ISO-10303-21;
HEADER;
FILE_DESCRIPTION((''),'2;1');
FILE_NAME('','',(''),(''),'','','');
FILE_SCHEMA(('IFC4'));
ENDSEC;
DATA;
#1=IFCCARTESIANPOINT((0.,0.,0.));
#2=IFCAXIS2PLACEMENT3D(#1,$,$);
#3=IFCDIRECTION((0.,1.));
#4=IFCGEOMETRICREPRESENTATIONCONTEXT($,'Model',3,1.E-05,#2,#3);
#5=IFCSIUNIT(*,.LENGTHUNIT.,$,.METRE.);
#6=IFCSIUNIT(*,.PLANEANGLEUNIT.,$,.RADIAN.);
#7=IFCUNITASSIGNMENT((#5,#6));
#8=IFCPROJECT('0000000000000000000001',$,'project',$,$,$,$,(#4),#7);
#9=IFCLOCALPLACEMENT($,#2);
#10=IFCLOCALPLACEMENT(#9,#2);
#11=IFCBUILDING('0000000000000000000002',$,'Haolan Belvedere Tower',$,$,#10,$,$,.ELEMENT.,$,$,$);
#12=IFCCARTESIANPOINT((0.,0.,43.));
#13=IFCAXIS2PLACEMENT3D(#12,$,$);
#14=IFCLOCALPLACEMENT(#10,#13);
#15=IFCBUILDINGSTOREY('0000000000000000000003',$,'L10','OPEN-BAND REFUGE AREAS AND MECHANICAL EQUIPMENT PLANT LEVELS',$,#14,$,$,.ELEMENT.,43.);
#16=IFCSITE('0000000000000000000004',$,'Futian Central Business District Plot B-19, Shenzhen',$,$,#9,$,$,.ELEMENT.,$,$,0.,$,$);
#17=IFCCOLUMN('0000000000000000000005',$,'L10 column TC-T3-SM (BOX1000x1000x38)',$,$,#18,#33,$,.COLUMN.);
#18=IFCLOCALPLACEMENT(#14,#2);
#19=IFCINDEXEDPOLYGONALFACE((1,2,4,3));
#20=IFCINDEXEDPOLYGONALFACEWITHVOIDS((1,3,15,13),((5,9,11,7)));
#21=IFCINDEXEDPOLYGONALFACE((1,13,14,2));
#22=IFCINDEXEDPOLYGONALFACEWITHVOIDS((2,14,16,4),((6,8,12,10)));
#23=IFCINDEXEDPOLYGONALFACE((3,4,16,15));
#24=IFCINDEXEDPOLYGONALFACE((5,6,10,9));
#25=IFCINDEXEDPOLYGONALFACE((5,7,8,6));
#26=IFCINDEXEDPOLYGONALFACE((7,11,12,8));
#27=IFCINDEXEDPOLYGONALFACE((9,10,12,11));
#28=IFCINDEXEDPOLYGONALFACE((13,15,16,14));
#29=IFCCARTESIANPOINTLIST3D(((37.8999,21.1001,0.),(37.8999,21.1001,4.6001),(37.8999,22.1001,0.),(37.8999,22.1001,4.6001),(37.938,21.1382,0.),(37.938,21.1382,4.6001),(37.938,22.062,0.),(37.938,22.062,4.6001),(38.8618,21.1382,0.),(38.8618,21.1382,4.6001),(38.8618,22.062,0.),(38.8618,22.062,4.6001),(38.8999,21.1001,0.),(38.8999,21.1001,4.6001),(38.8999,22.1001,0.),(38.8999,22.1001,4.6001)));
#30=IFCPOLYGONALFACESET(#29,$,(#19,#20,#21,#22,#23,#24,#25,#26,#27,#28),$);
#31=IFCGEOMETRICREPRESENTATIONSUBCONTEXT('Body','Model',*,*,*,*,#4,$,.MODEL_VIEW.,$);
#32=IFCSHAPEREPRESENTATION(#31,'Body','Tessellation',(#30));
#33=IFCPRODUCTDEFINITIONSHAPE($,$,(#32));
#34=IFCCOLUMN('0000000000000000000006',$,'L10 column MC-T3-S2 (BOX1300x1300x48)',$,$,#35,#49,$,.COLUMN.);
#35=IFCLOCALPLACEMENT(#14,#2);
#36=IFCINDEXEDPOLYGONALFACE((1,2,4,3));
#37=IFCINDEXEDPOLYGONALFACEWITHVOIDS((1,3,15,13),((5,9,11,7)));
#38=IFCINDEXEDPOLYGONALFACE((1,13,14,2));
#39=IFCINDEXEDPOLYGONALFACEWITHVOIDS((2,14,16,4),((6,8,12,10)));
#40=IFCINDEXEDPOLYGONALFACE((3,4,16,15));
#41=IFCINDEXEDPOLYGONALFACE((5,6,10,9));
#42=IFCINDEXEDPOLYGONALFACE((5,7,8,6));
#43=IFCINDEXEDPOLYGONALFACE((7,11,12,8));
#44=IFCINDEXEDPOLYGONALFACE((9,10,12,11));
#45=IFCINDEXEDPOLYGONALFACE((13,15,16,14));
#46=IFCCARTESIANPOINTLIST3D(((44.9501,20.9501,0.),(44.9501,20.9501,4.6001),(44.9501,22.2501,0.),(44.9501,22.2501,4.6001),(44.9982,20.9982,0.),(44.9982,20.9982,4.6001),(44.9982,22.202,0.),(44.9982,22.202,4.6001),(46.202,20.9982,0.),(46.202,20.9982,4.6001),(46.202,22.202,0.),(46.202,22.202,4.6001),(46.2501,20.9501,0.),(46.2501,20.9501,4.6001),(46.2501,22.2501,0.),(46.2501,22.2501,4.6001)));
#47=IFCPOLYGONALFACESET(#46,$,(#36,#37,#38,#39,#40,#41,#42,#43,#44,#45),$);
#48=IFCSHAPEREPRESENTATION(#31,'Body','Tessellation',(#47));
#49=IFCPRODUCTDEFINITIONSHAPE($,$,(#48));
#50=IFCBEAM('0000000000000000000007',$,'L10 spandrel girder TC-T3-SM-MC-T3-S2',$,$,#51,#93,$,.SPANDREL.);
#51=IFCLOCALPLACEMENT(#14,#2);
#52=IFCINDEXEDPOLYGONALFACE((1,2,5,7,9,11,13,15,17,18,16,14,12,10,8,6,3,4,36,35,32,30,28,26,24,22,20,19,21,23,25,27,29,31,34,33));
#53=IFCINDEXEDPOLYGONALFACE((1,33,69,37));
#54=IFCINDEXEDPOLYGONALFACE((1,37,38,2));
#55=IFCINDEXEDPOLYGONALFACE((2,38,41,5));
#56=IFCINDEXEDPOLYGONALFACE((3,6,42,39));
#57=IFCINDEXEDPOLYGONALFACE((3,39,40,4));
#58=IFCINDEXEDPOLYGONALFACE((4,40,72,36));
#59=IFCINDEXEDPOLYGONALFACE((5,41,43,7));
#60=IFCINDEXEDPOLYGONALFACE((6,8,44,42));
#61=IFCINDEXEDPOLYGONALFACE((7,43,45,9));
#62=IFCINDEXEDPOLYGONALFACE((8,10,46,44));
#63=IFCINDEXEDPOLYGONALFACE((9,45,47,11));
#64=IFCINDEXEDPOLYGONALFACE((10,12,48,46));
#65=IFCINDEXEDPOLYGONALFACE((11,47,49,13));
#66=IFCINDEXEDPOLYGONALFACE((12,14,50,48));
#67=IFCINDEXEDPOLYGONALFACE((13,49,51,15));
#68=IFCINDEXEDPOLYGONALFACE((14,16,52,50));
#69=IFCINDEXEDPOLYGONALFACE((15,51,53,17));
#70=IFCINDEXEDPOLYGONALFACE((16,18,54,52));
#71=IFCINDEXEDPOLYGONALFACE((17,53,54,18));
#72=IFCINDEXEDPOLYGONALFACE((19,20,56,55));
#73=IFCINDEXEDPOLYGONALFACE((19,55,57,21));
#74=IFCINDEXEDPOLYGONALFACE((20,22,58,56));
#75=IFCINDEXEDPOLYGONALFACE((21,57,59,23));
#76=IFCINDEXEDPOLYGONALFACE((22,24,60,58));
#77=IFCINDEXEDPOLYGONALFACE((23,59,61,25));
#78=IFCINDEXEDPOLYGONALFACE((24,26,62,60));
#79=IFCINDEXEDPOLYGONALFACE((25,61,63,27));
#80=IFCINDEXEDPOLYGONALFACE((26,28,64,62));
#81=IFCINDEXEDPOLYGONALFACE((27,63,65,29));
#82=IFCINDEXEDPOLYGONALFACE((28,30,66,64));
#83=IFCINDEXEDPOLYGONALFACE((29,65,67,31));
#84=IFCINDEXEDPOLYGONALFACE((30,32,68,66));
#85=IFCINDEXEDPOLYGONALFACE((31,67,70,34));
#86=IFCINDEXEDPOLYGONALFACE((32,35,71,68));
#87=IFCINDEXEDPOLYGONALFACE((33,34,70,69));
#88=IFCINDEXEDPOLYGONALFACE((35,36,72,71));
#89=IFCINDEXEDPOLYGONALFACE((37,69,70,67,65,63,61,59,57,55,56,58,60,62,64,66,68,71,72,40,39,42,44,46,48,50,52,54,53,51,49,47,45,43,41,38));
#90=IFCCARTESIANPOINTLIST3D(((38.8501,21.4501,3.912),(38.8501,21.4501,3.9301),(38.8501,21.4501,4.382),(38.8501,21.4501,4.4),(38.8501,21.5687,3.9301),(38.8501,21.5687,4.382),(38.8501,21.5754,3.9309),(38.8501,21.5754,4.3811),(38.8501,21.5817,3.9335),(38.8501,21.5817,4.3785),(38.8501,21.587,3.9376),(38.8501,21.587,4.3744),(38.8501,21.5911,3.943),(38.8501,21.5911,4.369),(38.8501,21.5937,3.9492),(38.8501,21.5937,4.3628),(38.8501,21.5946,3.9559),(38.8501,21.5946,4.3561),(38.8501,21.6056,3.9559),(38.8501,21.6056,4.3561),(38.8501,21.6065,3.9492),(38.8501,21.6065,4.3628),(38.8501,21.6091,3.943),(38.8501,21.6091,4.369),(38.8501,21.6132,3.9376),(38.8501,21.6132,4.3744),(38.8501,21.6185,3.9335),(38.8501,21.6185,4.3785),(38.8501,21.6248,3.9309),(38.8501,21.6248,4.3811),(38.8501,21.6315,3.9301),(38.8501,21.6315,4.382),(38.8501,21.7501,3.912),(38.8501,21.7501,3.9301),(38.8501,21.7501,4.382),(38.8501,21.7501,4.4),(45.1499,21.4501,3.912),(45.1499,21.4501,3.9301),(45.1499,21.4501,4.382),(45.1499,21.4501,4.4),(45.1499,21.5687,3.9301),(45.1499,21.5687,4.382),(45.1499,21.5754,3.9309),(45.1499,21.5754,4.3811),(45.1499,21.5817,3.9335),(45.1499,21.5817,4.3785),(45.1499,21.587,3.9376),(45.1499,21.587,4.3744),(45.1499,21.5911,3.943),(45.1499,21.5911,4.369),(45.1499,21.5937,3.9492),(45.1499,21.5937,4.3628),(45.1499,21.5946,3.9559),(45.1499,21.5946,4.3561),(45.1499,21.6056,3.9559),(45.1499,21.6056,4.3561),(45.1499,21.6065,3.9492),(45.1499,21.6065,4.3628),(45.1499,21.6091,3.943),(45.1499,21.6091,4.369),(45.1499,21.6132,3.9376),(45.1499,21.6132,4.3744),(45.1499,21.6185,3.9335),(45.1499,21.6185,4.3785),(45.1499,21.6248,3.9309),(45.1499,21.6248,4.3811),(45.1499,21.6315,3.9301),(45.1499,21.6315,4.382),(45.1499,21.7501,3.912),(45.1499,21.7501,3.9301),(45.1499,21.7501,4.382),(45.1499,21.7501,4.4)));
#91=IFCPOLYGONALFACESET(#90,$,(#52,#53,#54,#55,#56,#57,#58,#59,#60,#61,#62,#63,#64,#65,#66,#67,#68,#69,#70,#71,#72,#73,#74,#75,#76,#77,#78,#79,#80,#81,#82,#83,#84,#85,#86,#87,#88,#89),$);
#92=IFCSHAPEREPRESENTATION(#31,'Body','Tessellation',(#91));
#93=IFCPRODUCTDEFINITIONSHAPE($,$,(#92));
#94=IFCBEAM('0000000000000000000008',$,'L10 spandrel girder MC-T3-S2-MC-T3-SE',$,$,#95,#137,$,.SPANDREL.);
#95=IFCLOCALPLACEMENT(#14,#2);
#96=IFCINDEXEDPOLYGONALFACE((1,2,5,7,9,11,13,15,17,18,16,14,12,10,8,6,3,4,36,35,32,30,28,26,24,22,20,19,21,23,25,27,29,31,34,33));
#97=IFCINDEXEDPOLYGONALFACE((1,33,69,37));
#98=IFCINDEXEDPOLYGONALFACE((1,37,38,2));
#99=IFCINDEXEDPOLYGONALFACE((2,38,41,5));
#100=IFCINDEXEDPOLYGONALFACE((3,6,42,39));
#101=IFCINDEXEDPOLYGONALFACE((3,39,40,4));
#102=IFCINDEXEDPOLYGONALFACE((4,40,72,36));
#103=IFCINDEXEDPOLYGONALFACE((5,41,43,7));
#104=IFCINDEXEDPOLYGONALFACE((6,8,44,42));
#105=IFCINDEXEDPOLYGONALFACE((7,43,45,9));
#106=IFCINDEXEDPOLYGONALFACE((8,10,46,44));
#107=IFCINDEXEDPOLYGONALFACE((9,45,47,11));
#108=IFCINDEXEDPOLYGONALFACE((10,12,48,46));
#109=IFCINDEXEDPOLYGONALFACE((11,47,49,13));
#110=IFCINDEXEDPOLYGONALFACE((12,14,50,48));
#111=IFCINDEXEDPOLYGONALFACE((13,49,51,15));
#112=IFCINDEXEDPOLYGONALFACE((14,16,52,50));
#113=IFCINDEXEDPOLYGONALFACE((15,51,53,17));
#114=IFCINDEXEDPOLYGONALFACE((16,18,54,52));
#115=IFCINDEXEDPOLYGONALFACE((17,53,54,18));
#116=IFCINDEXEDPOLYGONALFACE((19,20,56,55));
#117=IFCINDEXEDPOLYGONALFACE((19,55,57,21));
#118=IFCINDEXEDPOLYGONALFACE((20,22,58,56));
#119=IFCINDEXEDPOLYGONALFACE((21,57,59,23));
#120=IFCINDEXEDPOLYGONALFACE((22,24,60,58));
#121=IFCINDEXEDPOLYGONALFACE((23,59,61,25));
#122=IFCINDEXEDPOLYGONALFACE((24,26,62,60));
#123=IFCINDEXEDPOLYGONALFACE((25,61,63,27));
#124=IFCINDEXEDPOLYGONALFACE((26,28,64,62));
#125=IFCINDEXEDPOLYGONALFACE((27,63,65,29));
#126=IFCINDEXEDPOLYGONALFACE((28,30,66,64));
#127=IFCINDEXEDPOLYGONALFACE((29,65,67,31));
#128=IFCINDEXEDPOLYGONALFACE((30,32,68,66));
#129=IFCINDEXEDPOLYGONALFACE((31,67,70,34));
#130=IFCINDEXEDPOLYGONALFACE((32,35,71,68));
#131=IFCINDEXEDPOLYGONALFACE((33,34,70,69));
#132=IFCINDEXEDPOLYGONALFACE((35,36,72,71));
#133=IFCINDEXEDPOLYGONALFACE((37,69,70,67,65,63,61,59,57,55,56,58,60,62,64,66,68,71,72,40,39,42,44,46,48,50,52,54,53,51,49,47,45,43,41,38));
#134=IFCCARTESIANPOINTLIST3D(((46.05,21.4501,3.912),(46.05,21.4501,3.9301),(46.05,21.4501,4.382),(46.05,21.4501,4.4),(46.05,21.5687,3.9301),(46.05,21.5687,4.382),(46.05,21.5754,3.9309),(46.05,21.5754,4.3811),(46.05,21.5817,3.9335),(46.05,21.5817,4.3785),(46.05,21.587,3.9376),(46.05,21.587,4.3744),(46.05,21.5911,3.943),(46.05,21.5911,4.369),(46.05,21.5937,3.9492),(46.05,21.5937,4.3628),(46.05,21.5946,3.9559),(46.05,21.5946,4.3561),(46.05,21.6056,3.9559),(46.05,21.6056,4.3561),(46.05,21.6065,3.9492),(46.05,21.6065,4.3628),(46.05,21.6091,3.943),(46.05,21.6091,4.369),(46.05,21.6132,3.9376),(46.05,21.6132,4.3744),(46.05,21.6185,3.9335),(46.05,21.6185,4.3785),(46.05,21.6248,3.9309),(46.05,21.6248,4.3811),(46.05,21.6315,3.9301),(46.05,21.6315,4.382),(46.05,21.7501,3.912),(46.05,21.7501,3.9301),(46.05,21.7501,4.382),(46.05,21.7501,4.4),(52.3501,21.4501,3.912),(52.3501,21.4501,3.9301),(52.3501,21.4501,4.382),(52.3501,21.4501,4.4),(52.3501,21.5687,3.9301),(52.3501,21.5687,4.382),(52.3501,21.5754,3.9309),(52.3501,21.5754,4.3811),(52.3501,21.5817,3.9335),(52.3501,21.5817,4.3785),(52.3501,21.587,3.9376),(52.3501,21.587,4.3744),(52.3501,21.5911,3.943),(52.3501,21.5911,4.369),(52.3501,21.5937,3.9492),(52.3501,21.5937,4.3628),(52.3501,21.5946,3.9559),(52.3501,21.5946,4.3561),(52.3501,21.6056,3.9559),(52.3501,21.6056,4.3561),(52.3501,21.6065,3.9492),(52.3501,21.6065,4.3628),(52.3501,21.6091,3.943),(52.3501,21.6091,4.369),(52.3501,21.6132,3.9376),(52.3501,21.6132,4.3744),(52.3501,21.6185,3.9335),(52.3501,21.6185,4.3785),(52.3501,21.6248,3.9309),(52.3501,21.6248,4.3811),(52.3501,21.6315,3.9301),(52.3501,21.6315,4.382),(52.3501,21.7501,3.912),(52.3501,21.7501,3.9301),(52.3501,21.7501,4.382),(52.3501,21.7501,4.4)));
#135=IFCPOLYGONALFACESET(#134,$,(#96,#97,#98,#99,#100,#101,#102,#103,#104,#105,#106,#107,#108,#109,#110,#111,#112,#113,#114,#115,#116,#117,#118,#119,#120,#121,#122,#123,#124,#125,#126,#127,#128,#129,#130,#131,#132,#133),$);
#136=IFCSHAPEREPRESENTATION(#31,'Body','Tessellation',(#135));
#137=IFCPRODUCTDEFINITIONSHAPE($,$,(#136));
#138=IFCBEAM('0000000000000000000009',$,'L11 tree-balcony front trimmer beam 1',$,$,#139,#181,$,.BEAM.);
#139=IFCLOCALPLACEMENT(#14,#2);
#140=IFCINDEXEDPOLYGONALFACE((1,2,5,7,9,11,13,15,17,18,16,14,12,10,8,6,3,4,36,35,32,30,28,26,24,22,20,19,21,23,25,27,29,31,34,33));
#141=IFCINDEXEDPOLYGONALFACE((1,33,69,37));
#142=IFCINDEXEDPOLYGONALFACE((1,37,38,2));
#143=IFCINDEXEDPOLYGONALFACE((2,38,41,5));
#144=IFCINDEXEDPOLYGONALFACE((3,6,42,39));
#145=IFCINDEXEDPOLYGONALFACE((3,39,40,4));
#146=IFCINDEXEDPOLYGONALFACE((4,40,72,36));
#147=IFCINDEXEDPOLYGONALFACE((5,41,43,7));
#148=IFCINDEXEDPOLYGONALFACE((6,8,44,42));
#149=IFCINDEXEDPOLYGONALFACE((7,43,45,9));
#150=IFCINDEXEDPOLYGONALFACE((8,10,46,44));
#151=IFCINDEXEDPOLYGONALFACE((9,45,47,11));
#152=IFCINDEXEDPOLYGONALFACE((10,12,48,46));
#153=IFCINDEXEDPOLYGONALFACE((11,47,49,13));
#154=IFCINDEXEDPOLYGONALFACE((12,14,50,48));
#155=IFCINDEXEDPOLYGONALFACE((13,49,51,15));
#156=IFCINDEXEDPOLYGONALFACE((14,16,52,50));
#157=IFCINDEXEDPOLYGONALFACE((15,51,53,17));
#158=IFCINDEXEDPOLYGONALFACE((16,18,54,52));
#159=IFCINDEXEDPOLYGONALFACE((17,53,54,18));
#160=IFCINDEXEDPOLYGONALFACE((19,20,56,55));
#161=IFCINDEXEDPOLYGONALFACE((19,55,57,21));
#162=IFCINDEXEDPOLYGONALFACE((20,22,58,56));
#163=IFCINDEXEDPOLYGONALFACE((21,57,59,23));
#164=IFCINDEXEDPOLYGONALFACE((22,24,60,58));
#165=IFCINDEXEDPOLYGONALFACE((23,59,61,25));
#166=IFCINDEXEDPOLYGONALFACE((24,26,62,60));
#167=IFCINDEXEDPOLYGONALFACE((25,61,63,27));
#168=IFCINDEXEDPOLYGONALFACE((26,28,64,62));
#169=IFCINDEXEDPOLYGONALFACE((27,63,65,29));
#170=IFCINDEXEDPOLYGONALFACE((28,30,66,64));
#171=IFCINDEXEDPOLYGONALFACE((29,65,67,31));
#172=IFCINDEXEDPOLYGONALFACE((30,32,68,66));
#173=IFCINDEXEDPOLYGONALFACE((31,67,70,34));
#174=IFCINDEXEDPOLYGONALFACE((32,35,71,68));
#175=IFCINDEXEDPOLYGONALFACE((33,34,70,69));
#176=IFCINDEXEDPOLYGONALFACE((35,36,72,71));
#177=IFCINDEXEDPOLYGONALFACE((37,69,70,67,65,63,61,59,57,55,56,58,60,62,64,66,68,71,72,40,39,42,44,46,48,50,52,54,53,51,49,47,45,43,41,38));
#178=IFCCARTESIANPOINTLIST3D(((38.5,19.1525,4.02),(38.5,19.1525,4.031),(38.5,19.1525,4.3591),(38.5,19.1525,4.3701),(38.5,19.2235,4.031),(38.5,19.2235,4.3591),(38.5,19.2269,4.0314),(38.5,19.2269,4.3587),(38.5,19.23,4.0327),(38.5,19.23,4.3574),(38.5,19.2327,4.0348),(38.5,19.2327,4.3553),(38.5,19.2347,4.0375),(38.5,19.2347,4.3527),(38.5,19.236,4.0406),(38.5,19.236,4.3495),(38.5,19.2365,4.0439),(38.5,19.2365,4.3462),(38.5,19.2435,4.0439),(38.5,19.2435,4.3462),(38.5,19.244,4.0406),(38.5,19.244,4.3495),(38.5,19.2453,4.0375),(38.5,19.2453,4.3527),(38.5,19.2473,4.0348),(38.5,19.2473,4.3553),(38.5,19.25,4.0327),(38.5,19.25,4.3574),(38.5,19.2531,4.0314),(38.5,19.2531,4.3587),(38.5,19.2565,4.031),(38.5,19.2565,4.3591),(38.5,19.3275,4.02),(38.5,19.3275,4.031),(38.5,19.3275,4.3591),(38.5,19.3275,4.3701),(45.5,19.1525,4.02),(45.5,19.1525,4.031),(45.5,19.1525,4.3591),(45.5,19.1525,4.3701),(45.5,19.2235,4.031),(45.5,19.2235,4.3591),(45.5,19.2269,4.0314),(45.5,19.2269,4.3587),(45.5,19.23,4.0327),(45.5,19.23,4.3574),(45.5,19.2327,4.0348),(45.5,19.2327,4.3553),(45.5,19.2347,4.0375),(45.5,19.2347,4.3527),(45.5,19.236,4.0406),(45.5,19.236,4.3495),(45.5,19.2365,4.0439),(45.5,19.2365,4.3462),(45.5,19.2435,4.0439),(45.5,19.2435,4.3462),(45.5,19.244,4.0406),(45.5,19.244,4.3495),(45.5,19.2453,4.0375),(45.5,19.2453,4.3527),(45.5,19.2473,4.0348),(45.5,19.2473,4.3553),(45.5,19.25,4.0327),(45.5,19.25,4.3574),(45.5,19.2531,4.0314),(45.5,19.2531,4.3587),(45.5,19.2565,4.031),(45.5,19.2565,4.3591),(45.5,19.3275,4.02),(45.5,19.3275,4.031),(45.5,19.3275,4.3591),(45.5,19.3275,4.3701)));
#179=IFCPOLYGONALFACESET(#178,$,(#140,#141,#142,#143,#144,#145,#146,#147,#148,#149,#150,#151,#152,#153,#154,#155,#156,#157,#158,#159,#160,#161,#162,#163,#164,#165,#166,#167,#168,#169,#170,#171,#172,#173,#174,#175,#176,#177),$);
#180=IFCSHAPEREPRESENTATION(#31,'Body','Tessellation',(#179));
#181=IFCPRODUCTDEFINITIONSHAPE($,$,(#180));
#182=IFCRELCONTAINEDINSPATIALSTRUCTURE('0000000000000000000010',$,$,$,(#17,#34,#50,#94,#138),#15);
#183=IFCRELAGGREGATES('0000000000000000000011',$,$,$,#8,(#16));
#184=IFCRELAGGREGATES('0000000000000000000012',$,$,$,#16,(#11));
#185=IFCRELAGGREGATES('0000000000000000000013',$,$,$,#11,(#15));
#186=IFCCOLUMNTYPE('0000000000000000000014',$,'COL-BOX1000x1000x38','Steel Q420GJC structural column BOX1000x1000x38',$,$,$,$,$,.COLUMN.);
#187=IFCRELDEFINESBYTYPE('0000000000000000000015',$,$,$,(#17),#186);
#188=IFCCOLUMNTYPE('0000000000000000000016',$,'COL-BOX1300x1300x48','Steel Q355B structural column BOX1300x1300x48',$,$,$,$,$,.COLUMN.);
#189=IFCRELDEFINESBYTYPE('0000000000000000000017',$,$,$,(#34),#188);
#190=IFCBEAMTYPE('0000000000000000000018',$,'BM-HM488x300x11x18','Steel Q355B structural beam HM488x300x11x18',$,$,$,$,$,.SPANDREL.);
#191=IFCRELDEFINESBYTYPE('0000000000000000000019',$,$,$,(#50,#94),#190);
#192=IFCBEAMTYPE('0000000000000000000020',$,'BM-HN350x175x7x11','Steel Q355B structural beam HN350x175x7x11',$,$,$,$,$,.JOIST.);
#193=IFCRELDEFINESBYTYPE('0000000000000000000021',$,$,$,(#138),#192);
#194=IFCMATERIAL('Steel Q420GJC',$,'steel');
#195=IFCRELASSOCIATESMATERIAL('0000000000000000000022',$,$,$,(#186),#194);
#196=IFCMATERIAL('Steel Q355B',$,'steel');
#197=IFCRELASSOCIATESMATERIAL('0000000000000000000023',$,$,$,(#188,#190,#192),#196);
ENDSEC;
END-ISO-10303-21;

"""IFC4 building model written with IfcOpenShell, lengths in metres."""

from ifc_helpers import new_model, si_unit, direction, frame, origin, origin_2d, place, context, subcontext, project, spatial, hollow_rectangle, i_section, extrude, material, material_profile, profile_set, type_object, element, save


model = new_model("IFC4")

# Units and contexts
model_context = context("Model", 3, precision=1e-05, world=origin(), true_north=direction((0.0, 1.0)))
body_context = subcontext(model_context, "Body", "Model", "MODEL_VIEW")
ifc_project = project(units=[si_unit("LENGTHUNIT", "METRE"), si_unit("PLANEANGLEUNIT", "RADIAN")], contexts=[model_context])

# Site, building, storey
site_placement = place(None, origin())
site = spatial("IfcSite", under=ifc_project, at=site_placement, Name="Futian Central Business District Plot B-19, Shenzhen", CompositionType="ELEMENT", RefElevation=0.0)
building_placement = place(site_placement, origin())
building = spatial("IfcBuilding", under=site, at=building_placement, Name="Haolan Belvedere Tower", CompositionType="ELEMENT")
storey_placement = place(building_placement, frame((0.0, 0.0, 43.0)))
storey = spatial("IfcBuildingStorey", under=building, at=storey_placement, Name="L10", Description="OPEN-BAND REFUGE AREAS AND MECHANICAL EQUIPMENT PLANT LEVELS", CompositionType="ELEMENT", Elevation=43.0)

# Columns
ifc_material_1 = material(Name="Steel Q420GJC", Category="steel")
ifc_material_profile_1 = material_profile(ifc_material_1, hollow_rectangle(XDim=1.0, YDim=1.0, WallThickness=0.0381, at=origin_2d()), Name="Steel Q420GJC")
ifc_profile_set_1 = profile_set([ifc_material_profile_1], Name="Steel Q420GJC")
column_type_1 = type_object("IfcColumnType", Name="COL-BOX1000x1000x38", Description="Steel Q420GJC structural column BOX1000x1000x38", PredefinedType="COLUMN", material=ifc_profile_set_1)
column_1_placement = place(storey_placement, frame((38.3999, 21.6001, 0.0), z_axis=(0.0, 0.0, 1.0), x_axis=(1.0, 0.0, 0.0)))
element("IfcColumn", 1, at=column_1_placement, inside=storey, type_object=column_type_1, Name="L10 column TC-T3-SM (BOX1000x1000x38)", PredefinedType="COLUMN", context=body_context, shape_type="SweptSolid", body=[
    extrude(hollow_rectangle(XDim=1.0, YDim=1.0, WallThickness=0.0381, at=origin_2d()), origin(), (0.0, 0.0, 1.0), 4.6001),
])
ifc_material_2 = material(Name="Steel Q355B", Category="steel")
ifc_material_profile_2 = material_profile(ifc_material_2, hollow_rectangle(XDim=1.3, YDim=1.3, WallThickness=0.0481, at=origin_2d()), Name="Steel Q355B")
ifc_profile_set_2 = profile_set([ifc_material_profile_2], Name="Steel Q355B")
column_type_2 = type_object("IfcColumnType", Name="COL-BOX1300x1300x48", Description="Steel Q355B structural column BOX1300x1300x48", PredefinedType="COLUMN", material=ifc_profile_set_2)
column_2_placement = place(storey_placement, frame((45.6001, 21.6001, 0.0), z_axis=(0.0, 0.0, 1.0), x_axis=(1.0, 0.0, 0.0)))
element("IfcColumn", 2, at=column_2_placement, inside=storey, type_object=column_type_2, Name="L10 column MC-T3-S2 (BOX1300x1300x48)", PredefinedType="COLUMN", context=body_context, shape_type="SweptSolid", body=[
    extrude(hollow_rectangle(XDim=1.3, YDim=1.3, WallThickness=0.0481, at=origin_2d()), origin(), (0.0, 0.0, 1.0), 4.6001),
])

# Beams
ifc_material_profile_3 = material_profile(ifc_material_2, i_section(OverallWidth=0.3, OverallDepth=0.488, WebThickness=0.011, FlangeThickness=0.0181, FilletRadius=0.0259, at=origin_2d()), Name="Steel Q355B")
ifc_profile_set_3 = profile_set([ifc_material_profile_3], Name="Steel Q355B")
beam_type_1 = type_object("IfcBeamType", Name="BM-HM488x300x11x18", Description="Steel Q355B structural beam HM488x300x11x18", PredefinedType="SPANDREL", material=ifc_profile_set_3)
beam_1_placement = place(storey_placement, frame((38.8501, 21.6001, 4.156), z_axis=(1.0, 0.0, 0.0), x_axis=(0.0, 1.0, 0.0)))
element("IfcBeam", 3, at=beam_1_placement, inside=storey, type_object=beam_type_1, Name="L10 spandrel girder TC-T3-SM-MC-T3-S2", PredefinedType="SPANDREL", context=body_context, shape_type="SweptSolid", body=[
    extrude(i_section(OverallWidth=0.3, OverallDepth=0.488, WebThickness=0.011, FlangeThickness=0.0181, FilletRadius=0.0259, at=origin_2d()), origin(), (0.0, 0.0, 1.0), 6.2998),
])
beam_2_placement = place(storey_placement, frame((46.05, 21.6001, 4.156), z_axis=(1.0, 0.0, 0.0), x_axis=(0.0, 1.0, 0.0)))
element("IfcBeam", 4, at=beam_2_placement, inside=storey, type_object=beam_type_1, Name="L10 spandrel girder MC-T3-S2-MC-T3-SE", PredefinedType="SPANDREL", context=body_context, shape_type="SweptSolid", body=[
    extrude(i_section(OverallWidth=0.3, OverallDepth=0.488, WebThickness=0.011, FlangeThickness=0.0181, FilletRadius=0.0259, at=origin_2d()), origin(), (0.0, 0.0, 1.0), 6.3),
])
ifc_material_profile_4 = material_profile(ifc_material_2, i_section(OverallWidth=0.175, OverallDepth=0.3501, WebThickness=0.0071, FlangeThickness=0.011, FilletRadius=0.0129, at=origin_2d()), Name="Steel Q355B")
ifc_profile_set_4 = profile_set([ifc_material_profile_4], Name="Steel Q355B")
beam_type_2 = type_object("IfcBeamType", Name="BM-HN350x175x7x11", Description="Steel Q355B structural beam HN350x175x7x11", PredefinedType="JOIST", material=ifc_profile_set_4)
beam_3_placement = place(storey_placement, frame((38.5, 19.24, 4.1951), z_axis=(1.0, 0.0, 0.0), x_axis=(0.0, 1.0, 0.0)))
element("IfcBeam", 5, at=beam_3_placement, inside=storey, type_object=beam_type_2, Name="L11 tree-balcony front trimmer beam 1", PredefinedType="BEAM", context=body_context, shape_type="SweptSolid", body=[
    extrude(i_section(OverallWidth=0.175, OverallDepth=0.3501, WebThickness=0.0071, FlangeThickness=0.011, FilletRadius=0.0129, at=origin_2d()), origin(), (0.0, 0.0, 1.0), 7.0),
])

save(model, "model.ifc")
